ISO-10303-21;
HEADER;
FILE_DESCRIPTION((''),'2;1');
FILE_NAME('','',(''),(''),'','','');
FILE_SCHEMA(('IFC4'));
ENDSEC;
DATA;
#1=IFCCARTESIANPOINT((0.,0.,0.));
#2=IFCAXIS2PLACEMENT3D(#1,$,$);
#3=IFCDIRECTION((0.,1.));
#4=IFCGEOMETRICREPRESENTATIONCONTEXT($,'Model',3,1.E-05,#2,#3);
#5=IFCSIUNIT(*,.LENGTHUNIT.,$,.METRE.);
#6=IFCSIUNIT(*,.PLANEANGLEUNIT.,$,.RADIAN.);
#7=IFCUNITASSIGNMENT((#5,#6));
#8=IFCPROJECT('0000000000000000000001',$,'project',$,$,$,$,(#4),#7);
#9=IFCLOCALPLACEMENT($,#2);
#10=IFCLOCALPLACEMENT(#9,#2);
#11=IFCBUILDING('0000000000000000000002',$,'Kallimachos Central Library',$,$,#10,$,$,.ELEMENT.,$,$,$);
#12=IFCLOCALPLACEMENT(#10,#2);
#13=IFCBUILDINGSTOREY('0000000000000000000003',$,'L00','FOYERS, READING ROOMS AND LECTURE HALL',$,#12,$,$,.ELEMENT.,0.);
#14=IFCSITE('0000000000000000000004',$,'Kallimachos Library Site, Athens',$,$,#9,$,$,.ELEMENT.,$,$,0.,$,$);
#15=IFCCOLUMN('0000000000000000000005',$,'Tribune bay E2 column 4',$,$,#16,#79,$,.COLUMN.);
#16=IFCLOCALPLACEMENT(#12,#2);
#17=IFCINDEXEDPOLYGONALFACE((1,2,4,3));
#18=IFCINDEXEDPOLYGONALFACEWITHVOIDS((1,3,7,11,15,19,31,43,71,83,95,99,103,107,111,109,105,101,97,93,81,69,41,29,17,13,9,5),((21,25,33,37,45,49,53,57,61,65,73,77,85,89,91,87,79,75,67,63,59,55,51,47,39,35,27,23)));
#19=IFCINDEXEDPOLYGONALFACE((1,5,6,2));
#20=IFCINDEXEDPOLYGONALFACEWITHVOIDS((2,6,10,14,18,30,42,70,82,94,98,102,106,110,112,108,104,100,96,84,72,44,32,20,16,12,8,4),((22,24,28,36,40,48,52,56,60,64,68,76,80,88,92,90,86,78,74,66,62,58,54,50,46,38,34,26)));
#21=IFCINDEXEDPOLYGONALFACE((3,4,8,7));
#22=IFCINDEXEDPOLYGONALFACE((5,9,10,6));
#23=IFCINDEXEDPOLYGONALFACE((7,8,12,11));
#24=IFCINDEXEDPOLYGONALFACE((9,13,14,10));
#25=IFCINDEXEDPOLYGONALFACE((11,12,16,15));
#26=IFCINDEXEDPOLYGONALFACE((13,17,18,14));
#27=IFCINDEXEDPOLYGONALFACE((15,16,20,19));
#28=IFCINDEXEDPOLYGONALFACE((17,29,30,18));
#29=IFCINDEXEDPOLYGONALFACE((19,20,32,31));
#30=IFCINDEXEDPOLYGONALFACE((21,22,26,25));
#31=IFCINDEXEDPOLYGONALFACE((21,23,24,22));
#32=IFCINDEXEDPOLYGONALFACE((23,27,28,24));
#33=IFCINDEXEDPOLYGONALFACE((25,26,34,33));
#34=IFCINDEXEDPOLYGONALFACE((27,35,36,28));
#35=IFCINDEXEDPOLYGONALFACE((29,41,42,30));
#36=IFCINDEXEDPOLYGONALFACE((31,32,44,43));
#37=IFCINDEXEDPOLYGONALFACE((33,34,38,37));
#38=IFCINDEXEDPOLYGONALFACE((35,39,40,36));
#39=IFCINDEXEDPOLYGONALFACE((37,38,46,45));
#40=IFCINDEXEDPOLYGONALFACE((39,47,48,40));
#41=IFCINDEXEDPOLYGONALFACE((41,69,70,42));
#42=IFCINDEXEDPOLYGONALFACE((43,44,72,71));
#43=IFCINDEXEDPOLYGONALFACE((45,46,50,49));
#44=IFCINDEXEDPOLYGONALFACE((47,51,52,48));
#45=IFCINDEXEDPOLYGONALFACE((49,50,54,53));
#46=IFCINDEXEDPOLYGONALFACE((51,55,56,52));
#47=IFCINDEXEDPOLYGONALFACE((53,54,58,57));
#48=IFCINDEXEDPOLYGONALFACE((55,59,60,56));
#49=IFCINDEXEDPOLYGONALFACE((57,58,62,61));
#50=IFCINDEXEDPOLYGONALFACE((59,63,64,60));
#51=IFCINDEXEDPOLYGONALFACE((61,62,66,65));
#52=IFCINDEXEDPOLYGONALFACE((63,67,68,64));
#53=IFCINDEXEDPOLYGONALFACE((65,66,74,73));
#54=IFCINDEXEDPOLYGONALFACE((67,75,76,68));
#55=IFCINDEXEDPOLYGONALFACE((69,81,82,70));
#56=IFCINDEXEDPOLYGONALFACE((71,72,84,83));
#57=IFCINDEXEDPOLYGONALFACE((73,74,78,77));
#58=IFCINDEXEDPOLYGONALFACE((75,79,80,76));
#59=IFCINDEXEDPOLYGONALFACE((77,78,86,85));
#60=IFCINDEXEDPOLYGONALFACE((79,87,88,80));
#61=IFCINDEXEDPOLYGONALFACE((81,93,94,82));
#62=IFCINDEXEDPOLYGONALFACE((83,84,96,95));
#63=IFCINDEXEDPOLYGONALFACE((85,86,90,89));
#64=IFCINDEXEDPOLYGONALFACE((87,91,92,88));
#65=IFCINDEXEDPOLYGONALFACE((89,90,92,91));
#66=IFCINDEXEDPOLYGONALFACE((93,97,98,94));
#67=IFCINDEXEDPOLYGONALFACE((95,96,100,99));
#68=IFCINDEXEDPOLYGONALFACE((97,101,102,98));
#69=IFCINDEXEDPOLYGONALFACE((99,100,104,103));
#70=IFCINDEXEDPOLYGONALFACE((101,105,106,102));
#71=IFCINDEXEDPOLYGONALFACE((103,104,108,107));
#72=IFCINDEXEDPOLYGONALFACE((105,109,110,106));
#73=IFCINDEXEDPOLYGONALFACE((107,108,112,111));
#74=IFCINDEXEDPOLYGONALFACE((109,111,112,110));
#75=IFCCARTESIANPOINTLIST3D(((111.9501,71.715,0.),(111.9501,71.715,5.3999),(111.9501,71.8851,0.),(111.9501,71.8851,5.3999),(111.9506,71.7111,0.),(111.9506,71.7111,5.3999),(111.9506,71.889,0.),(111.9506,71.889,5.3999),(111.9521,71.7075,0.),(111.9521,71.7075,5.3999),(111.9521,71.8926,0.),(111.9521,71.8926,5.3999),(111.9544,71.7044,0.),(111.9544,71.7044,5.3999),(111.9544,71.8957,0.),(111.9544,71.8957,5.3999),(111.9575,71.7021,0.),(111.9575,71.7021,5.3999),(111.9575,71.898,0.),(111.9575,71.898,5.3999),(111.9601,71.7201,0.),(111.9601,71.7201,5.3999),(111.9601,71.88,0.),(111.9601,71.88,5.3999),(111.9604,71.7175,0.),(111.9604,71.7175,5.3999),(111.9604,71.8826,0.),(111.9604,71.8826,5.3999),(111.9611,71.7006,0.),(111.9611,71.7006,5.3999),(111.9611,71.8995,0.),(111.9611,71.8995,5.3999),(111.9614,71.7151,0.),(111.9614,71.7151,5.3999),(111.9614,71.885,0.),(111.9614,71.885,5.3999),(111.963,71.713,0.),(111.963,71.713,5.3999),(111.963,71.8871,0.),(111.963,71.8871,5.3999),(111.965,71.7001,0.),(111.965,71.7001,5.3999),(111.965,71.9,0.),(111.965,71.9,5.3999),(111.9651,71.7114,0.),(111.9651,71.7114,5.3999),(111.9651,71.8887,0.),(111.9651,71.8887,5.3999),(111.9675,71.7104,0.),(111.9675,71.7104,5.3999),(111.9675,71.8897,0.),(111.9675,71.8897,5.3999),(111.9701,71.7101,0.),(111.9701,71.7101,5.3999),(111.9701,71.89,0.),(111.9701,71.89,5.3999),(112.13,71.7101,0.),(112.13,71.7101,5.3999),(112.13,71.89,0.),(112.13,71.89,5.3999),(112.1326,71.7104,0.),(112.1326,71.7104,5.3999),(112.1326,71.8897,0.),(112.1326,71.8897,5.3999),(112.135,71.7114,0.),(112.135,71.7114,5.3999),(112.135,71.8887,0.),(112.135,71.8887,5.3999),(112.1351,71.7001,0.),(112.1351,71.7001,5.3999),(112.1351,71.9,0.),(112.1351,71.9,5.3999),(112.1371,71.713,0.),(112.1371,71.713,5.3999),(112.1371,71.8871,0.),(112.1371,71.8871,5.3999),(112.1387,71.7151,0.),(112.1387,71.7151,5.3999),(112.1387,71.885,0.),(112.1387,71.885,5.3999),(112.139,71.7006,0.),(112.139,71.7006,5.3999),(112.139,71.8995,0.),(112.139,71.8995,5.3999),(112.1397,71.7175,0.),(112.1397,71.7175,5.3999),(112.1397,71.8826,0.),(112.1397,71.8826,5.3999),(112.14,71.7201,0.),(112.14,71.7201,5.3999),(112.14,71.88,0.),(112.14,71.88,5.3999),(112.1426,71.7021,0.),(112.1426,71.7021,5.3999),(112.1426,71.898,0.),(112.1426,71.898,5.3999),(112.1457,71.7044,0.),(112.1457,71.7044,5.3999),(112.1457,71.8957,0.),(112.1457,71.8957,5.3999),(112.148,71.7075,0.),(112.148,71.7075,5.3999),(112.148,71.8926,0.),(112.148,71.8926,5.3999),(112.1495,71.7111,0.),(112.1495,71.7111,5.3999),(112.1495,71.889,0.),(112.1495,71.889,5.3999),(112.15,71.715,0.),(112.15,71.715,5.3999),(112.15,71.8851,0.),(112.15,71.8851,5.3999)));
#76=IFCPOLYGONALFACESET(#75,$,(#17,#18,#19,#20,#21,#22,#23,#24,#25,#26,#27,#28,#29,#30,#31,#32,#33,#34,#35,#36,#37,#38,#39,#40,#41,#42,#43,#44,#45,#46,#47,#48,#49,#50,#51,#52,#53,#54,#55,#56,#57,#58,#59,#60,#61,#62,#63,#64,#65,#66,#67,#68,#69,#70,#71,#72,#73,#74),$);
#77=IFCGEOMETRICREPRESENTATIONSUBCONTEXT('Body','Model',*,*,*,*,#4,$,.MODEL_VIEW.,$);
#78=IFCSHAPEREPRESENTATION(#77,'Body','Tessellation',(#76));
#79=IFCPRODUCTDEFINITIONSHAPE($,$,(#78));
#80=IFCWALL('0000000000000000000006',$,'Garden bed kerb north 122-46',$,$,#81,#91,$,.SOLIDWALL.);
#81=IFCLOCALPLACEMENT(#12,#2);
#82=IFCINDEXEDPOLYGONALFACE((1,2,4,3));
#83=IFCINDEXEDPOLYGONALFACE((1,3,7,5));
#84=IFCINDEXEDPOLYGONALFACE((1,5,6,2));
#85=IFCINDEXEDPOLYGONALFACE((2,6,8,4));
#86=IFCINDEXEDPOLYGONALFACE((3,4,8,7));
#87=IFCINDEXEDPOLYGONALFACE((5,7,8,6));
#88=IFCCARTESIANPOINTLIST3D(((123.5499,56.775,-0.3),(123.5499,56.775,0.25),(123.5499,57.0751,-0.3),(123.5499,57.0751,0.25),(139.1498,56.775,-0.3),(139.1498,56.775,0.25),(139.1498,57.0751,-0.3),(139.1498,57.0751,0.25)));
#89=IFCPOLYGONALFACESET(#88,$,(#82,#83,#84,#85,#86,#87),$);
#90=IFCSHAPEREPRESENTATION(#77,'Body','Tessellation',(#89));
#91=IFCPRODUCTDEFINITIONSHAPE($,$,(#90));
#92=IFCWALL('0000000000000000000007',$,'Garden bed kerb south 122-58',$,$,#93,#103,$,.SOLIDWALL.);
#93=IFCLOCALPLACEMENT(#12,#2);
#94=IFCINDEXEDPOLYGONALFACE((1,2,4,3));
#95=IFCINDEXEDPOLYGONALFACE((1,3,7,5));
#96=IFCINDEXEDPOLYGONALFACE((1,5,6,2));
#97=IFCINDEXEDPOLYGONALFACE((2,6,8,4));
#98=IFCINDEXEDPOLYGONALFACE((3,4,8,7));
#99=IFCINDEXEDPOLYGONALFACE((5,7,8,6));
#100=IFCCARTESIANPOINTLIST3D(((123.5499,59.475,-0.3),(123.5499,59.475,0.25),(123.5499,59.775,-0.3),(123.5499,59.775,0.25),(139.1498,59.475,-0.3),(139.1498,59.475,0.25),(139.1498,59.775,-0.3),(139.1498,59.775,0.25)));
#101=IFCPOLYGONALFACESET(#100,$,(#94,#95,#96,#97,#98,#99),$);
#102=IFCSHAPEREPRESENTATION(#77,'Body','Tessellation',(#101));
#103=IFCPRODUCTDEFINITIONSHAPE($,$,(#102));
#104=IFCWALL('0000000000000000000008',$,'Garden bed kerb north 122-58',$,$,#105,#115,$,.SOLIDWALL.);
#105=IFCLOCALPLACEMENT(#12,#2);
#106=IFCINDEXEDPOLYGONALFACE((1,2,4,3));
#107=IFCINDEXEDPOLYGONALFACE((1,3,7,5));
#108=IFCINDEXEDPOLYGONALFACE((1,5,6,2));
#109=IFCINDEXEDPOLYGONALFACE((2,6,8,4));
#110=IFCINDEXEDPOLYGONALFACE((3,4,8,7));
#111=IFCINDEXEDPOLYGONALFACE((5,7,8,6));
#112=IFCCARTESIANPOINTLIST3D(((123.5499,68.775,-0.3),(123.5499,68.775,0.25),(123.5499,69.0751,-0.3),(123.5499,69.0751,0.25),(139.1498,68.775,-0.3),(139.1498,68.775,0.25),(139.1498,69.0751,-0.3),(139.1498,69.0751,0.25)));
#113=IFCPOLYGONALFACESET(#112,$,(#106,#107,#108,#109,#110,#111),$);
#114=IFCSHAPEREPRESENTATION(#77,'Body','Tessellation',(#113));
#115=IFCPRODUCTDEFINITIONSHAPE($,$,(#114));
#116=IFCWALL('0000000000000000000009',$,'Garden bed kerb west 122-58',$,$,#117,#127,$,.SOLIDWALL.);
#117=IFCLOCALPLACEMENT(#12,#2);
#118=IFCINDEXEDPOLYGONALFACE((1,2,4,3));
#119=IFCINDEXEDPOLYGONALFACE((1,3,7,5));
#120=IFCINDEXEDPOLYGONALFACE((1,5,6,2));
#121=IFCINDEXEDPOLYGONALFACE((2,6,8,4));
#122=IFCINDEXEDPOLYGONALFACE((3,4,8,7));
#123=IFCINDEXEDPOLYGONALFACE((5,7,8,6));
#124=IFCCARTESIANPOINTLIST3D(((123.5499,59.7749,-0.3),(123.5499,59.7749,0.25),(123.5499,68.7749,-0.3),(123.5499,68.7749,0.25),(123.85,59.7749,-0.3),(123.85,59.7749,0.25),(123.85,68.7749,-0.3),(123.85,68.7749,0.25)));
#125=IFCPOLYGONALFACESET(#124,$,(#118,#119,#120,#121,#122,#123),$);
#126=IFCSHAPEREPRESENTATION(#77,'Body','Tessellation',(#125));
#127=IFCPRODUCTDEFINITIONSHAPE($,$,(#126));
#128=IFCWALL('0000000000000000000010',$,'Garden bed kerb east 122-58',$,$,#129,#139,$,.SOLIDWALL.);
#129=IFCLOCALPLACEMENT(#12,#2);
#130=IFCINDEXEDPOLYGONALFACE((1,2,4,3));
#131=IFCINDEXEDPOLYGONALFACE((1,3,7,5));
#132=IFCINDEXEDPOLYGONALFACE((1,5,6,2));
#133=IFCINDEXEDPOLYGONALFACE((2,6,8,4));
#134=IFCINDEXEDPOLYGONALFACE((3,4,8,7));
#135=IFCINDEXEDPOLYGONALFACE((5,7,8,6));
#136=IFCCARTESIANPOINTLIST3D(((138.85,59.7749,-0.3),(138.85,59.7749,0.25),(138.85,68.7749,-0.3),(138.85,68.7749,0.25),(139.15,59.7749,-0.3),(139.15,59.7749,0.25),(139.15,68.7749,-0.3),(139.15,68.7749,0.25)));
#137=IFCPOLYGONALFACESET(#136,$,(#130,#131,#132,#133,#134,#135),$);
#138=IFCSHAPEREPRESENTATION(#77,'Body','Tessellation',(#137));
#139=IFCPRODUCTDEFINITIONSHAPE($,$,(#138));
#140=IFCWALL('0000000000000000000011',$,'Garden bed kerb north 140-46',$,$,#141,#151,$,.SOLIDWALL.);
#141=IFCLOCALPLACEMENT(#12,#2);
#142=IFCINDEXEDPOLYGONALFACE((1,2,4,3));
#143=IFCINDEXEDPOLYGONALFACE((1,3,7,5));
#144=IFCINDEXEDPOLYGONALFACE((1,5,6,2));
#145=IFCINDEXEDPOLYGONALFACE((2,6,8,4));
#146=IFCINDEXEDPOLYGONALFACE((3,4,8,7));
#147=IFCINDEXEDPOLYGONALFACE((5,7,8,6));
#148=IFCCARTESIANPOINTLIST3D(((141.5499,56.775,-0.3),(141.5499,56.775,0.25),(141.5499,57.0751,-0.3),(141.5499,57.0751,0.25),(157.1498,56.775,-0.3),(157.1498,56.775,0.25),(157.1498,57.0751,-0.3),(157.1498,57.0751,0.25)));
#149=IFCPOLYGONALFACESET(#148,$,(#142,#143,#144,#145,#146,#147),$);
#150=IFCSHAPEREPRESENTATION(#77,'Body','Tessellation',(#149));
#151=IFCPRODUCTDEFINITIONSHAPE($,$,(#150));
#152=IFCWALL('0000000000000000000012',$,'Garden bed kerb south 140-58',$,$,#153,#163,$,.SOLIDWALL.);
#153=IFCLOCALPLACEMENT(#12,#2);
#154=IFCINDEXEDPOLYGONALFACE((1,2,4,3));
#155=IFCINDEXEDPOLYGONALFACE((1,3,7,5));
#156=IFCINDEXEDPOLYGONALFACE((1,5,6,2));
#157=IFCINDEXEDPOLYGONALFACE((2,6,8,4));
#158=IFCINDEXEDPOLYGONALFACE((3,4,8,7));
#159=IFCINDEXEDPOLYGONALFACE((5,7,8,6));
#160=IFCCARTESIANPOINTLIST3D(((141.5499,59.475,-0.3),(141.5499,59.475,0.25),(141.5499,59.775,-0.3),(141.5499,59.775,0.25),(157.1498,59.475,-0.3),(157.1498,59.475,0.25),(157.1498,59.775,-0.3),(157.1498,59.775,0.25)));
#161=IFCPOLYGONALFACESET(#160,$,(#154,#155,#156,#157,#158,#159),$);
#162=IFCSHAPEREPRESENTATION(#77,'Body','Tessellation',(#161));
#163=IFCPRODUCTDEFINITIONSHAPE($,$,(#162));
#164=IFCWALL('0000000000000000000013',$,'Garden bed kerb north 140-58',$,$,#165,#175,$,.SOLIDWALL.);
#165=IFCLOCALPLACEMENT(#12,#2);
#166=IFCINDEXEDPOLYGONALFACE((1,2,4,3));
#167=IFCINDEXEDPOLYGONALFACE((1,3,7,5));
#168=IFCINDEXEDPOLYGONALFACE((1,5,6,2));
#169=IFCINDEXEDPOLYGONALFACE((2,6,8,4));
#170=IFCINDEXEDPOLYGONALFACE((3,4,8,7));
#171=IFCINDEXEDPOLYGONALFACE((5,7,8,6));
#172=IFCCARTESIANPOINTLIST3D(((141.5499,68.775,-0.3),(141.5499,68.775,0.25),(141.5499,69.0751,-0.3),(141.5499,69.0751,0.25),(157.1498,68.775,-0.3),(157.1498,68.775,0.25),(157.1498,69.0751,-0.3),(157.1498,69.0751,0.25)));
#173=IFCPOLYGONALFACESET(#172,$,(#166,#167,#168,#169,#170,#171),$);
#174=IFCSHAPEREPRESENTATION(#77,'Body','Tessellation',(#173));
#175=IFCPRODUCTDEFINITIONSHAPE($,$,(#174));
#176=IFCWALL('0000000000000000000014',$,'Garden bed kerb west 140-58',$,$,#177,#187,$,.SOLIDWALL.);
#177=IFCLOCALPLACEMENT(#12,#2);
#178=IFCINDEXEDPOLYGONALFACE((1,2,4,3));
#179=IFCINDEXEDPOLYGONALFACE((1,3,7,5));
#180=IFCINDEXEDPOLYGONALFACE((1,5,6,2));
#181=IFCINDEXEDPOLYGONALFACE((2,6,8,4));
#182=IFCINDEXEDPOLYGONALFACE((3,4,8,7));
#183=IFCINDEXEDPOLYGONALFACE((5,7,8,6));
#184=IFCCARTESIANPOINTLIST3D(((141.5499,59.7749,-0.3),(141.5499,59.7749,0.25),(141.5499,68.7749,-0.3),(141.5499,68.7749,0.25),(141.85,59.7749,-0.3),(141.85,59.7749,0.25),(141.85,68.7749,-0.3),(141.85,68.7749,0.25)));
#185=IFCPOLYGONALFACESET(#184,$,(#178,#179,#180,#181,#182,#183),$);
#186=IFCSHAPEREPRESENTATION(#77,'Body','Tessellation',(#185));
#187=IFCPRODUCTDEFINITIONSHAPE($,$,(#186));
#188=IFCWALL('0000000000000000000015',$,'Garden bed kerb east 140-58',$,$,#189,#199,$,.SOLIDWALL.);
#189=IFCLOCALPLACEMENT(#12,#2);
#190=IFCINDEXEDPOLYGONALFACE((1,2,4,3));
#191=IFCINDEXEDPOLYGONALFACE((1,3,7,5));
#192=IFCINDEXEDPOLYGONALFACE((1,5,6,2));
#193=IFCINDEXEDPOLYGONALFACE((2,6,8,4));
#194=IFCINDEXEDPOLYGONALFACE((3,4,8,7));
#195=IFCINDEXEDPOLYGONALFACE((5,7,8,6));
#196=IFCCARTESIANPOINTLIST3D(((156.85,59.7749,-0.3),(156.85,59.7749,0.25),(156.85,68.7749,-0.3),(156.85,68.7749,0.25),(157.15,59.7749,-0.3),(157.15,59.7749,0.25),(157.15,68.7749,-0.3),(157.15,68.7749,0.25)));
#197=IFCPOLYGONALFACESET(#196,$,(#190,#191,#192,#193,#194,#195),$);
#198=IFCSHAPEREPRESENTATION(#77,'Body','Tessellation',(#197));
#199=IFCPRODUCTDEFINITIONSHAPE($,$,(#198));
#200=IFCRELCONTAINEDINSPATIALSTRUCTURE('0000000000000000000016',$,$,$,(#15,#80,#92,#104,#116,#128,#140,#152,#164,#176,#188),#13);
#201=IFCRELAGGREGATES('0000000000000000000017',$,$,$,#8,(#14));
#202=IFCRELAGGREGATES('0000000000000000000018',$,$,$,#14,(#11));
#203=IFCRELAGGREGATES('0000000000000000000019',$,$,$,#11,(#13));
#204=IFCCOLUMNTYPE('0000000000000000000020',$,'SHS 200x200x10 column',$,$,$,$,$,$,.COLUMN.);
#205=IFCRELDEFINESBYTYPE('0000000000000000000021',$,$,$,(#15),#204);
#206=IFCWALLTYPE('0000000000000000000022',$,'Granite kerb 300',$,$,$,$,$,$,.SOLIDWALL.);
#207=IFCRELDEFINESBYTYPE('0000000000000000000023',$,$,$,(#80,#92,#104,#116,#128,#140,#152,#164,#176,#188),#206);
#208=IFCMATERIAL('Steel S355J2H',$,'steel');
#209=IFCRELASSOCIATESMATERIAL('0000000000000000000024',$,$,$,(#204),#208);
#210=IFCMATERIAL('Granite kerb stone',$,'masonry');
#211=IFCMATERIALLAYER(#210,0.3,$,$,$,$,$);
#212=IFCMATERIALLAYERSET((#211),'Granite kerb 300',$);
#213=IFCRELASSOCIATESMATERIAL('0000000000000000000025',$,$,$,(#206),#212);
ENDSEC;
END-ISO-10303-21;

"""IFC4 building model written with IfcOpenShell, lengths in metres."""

from ifc_helpers import new_model, si_unit, direction, frame, frame_2d, origin, origin_2d, place, context, subcontext, project, spatial, rectangle, hollow_rectangle, extrude, material, layer, layer_set, material_profile, profile_set, type_object, element, save


model = new_model("IFC4")

# Units and contexts
model_context = context("Model", 3, precision=1e-05, world=origin(), true_north=direction((0.0, 1.0)))
body_context = subcontext(model_context, "Body", "Model", "MODEL_VIEW")
ifc_project = project(units=[si_unit("LENGTHUNIT", "METRE"), si_unit("PLANEANGLEUNIT", "RADIAN")], contexts=[model_context])

# Site, building, storey
site_placement = place(None, origin())
site = spatial("IfcSite", under=ifc_project, at=site_placement, Name="Kallimachos Library Site, Athens", CompositionType="ELEMENT", RefElevation=0.0)
building_placement = place(site_placement, origin())
building = spatial("IfcBuilding", under=site, at=building_placement, Name="Kallimachos Central Library", CompositionType="ELEMENT")
storey_placement = place(building_placement, origin())
storey = spatial("IfcBuildingStorey", under=building, at=storey_placement, Name="L00", Description="FOYERS, READING ROOMS AND LECTURE HALL", CompositionType="ELEMENT", Elevation=0.0)

# Column
ifc_material_1 = material(Name="Steel S355J2H", Category="steel")
ifc_material_profile = material_profile(ifc_material_1, hollow_rectangle(XDim=0.2, YDim=0.2, WallThickness=0.01, InnerFilletRadius=0.01, OuterFilletRadius=0.0149, at=origin_2d()), Name="SHS 200x200x10")
ifc_profile_set = profile_set([ifc_material_profile], Name="Steel S355J2H")
column_type = type_object("IfcColumnType", Name="SHS 200x200x10 column", PredefinedType="COLUMN", material=ifc_profile_set)
for number, where, z_axis, x_axis, name in (
    (1, (112.05, 71.8, 0.0), (0.0, 0.0, 1.0), (1.0, 0.0, 0.0), "Tribune bay E2 column 4"),
):
    element("IfcColumn", number, at=place(storey_placement, frame(where, z_axis=z_axis, x_axis=x_axis)), inside=storey, type_object=column_type, Name=name, PredefinedType="COLUMN", context=body_context, shape_type="SweptSolid", body=[
        extrude(hollow_rectangle(XDim=0.2, YDim=0.2, WallThickness=0.01, InnerFilletRadius=0.01, OuterFilletRadius=0.0149, at=origin_2d()), origin(), (0.0, 0.0, 1.0), 5.3999),
    ])

# Walls
ifc_material_2 = material(Name="Granite kerb stone", Category="masonry")
ifc_layer = layer(ifc_material_2, 0.3)
ifc_layer_set = layer_set([ifc_layer], Name="Granite kerb 300")
wall_type = type_object("IfcWallType", Name="Granite kerb 300", PredefinedType="SOLIDWALL", material=ifc_layer_set)
for number, where, z_axis, x_axis, name in (
    (2, (123.55, 56.925, -0.3), (0.0, 0.0, 1.0), (1.0, 0.0, 0.0), "Garden bed kerb north 122-46"),
    (3, (123.55, 59.625, -0.3), (0.0, 0.0, 1.0), (1.0, 0.0, 0.0), "Garden bed kerb south 122-58"),
    (4, (123.55, 68.925, -0.3), (0.0, 0.0, 1.0), (1.0, 0.0, 0.0), "Garden bed kerb north 122-58"),
):
    element("IfcWall", number, at=place(storey_placement, frame(where, z_axis=z_axis, x_axis=x_axis)), inside=storey, type_object=wall_type, Name=name, PredefinedType="SOLIDWALL", context=body_context, shape_type="SweptSolid", body=[
        extrude(rectangle(XDim=15.5999, YDim=0.3, at=frame_2d((7.7998, 0.0))), origin(), (0.0, 0.0, 1.0), 0.55),
    ])
for number, where, z_axis, x_axis, name in (
    (5, (123.7, 59.7749, -0.3), (0.0, 0.0, 1.0), (0.0, 1.0, 0.0), "Garden bed kerb west 122-58"),
    (6, (139.0, 59.7749, -0.3), (0.0, 0.0, 1.0), (0.0, 1.0, 0.0), "Garden bed kerb east 122-58"),
):
    element("IfcWall", number, at=place(storey_placement, frame(where, z_axis=z_axis, x_axis=x_axis)), inside=storey, type_object=wall_type, Name=name, PredefinedType="SOLIDWALL", context=body_context, shape_type="SweptSolid", body=[
        extrude(rectangle(XDim=9.0, YDim=0.3, at=frame_2d((4.5, 0.0))), origin(), (0.0, 0.0, 1.0), 0.55),
    ])
for number, where, z_axis, x_axis, name in (
    (7, (141.55, 56.925, -0.3), (0.0, 0.0, 1.0), (1.0, 0.0, 0.0), "Garden bed kerb north 140-46"),
    (8, (141.55, 59.625, -0.3), (0.0, 0.0, 1.0), (1.0, 0.0, 0.0), "Garden bed kerb south 140-58"),
    (9, (141.55, 68.925, -0.3), (0.0, 0.0, 1.0), (1.0, 0.0, 0.0), "Garden bed kerb north 140-58"),
):
    element("IfcWall", number, at=place(storey_placement, frame(where, z_axis=z_axis, x_axis=x_axis)), inside=storey, type_object=wall_type, Name=name, PredefinedType="SOLIDWALL", context=body_context, shape_type="SweptSolid", body=[
        extrude(rectangle(XDim=15.5999, YDim=0.3, at=frame_2d((7.7998, 0.0))), origin(), (0.0, 0.0, 1.0), 0.55),
    ])
for number, where, z_axis, x_axis, name in (
    (10, (141.7, 59.7749, -0.3), (0.0, 0.0, 1.0), (0.0, 1.0, 0.0), "Garden bed kerb west 140-58"),
    (11, (157.0, 59.7749, -0.3), (0.0, 0.0, 1.0), (0.0, 1.0, 0.0), "Garden bed kerb east 140-58"),
):
    element("IfcWall", number, at=place(storey_placement, frame(where, z_axis=z_axis, x_axis=x_axis)), inside=storey, type_object=wall_type, Name=name, PredefinedType="SOLIDWALL", context=body_context, shape_type="SweptSolid", body=[
        extrude(rectangle(XDim=9.0, YDim=0.3, at=frame_2d((4.5, 0.0))), origin(), (0.0, 0.0, 1.0), 0.55),
    ])

save(model, "model.ifc")
